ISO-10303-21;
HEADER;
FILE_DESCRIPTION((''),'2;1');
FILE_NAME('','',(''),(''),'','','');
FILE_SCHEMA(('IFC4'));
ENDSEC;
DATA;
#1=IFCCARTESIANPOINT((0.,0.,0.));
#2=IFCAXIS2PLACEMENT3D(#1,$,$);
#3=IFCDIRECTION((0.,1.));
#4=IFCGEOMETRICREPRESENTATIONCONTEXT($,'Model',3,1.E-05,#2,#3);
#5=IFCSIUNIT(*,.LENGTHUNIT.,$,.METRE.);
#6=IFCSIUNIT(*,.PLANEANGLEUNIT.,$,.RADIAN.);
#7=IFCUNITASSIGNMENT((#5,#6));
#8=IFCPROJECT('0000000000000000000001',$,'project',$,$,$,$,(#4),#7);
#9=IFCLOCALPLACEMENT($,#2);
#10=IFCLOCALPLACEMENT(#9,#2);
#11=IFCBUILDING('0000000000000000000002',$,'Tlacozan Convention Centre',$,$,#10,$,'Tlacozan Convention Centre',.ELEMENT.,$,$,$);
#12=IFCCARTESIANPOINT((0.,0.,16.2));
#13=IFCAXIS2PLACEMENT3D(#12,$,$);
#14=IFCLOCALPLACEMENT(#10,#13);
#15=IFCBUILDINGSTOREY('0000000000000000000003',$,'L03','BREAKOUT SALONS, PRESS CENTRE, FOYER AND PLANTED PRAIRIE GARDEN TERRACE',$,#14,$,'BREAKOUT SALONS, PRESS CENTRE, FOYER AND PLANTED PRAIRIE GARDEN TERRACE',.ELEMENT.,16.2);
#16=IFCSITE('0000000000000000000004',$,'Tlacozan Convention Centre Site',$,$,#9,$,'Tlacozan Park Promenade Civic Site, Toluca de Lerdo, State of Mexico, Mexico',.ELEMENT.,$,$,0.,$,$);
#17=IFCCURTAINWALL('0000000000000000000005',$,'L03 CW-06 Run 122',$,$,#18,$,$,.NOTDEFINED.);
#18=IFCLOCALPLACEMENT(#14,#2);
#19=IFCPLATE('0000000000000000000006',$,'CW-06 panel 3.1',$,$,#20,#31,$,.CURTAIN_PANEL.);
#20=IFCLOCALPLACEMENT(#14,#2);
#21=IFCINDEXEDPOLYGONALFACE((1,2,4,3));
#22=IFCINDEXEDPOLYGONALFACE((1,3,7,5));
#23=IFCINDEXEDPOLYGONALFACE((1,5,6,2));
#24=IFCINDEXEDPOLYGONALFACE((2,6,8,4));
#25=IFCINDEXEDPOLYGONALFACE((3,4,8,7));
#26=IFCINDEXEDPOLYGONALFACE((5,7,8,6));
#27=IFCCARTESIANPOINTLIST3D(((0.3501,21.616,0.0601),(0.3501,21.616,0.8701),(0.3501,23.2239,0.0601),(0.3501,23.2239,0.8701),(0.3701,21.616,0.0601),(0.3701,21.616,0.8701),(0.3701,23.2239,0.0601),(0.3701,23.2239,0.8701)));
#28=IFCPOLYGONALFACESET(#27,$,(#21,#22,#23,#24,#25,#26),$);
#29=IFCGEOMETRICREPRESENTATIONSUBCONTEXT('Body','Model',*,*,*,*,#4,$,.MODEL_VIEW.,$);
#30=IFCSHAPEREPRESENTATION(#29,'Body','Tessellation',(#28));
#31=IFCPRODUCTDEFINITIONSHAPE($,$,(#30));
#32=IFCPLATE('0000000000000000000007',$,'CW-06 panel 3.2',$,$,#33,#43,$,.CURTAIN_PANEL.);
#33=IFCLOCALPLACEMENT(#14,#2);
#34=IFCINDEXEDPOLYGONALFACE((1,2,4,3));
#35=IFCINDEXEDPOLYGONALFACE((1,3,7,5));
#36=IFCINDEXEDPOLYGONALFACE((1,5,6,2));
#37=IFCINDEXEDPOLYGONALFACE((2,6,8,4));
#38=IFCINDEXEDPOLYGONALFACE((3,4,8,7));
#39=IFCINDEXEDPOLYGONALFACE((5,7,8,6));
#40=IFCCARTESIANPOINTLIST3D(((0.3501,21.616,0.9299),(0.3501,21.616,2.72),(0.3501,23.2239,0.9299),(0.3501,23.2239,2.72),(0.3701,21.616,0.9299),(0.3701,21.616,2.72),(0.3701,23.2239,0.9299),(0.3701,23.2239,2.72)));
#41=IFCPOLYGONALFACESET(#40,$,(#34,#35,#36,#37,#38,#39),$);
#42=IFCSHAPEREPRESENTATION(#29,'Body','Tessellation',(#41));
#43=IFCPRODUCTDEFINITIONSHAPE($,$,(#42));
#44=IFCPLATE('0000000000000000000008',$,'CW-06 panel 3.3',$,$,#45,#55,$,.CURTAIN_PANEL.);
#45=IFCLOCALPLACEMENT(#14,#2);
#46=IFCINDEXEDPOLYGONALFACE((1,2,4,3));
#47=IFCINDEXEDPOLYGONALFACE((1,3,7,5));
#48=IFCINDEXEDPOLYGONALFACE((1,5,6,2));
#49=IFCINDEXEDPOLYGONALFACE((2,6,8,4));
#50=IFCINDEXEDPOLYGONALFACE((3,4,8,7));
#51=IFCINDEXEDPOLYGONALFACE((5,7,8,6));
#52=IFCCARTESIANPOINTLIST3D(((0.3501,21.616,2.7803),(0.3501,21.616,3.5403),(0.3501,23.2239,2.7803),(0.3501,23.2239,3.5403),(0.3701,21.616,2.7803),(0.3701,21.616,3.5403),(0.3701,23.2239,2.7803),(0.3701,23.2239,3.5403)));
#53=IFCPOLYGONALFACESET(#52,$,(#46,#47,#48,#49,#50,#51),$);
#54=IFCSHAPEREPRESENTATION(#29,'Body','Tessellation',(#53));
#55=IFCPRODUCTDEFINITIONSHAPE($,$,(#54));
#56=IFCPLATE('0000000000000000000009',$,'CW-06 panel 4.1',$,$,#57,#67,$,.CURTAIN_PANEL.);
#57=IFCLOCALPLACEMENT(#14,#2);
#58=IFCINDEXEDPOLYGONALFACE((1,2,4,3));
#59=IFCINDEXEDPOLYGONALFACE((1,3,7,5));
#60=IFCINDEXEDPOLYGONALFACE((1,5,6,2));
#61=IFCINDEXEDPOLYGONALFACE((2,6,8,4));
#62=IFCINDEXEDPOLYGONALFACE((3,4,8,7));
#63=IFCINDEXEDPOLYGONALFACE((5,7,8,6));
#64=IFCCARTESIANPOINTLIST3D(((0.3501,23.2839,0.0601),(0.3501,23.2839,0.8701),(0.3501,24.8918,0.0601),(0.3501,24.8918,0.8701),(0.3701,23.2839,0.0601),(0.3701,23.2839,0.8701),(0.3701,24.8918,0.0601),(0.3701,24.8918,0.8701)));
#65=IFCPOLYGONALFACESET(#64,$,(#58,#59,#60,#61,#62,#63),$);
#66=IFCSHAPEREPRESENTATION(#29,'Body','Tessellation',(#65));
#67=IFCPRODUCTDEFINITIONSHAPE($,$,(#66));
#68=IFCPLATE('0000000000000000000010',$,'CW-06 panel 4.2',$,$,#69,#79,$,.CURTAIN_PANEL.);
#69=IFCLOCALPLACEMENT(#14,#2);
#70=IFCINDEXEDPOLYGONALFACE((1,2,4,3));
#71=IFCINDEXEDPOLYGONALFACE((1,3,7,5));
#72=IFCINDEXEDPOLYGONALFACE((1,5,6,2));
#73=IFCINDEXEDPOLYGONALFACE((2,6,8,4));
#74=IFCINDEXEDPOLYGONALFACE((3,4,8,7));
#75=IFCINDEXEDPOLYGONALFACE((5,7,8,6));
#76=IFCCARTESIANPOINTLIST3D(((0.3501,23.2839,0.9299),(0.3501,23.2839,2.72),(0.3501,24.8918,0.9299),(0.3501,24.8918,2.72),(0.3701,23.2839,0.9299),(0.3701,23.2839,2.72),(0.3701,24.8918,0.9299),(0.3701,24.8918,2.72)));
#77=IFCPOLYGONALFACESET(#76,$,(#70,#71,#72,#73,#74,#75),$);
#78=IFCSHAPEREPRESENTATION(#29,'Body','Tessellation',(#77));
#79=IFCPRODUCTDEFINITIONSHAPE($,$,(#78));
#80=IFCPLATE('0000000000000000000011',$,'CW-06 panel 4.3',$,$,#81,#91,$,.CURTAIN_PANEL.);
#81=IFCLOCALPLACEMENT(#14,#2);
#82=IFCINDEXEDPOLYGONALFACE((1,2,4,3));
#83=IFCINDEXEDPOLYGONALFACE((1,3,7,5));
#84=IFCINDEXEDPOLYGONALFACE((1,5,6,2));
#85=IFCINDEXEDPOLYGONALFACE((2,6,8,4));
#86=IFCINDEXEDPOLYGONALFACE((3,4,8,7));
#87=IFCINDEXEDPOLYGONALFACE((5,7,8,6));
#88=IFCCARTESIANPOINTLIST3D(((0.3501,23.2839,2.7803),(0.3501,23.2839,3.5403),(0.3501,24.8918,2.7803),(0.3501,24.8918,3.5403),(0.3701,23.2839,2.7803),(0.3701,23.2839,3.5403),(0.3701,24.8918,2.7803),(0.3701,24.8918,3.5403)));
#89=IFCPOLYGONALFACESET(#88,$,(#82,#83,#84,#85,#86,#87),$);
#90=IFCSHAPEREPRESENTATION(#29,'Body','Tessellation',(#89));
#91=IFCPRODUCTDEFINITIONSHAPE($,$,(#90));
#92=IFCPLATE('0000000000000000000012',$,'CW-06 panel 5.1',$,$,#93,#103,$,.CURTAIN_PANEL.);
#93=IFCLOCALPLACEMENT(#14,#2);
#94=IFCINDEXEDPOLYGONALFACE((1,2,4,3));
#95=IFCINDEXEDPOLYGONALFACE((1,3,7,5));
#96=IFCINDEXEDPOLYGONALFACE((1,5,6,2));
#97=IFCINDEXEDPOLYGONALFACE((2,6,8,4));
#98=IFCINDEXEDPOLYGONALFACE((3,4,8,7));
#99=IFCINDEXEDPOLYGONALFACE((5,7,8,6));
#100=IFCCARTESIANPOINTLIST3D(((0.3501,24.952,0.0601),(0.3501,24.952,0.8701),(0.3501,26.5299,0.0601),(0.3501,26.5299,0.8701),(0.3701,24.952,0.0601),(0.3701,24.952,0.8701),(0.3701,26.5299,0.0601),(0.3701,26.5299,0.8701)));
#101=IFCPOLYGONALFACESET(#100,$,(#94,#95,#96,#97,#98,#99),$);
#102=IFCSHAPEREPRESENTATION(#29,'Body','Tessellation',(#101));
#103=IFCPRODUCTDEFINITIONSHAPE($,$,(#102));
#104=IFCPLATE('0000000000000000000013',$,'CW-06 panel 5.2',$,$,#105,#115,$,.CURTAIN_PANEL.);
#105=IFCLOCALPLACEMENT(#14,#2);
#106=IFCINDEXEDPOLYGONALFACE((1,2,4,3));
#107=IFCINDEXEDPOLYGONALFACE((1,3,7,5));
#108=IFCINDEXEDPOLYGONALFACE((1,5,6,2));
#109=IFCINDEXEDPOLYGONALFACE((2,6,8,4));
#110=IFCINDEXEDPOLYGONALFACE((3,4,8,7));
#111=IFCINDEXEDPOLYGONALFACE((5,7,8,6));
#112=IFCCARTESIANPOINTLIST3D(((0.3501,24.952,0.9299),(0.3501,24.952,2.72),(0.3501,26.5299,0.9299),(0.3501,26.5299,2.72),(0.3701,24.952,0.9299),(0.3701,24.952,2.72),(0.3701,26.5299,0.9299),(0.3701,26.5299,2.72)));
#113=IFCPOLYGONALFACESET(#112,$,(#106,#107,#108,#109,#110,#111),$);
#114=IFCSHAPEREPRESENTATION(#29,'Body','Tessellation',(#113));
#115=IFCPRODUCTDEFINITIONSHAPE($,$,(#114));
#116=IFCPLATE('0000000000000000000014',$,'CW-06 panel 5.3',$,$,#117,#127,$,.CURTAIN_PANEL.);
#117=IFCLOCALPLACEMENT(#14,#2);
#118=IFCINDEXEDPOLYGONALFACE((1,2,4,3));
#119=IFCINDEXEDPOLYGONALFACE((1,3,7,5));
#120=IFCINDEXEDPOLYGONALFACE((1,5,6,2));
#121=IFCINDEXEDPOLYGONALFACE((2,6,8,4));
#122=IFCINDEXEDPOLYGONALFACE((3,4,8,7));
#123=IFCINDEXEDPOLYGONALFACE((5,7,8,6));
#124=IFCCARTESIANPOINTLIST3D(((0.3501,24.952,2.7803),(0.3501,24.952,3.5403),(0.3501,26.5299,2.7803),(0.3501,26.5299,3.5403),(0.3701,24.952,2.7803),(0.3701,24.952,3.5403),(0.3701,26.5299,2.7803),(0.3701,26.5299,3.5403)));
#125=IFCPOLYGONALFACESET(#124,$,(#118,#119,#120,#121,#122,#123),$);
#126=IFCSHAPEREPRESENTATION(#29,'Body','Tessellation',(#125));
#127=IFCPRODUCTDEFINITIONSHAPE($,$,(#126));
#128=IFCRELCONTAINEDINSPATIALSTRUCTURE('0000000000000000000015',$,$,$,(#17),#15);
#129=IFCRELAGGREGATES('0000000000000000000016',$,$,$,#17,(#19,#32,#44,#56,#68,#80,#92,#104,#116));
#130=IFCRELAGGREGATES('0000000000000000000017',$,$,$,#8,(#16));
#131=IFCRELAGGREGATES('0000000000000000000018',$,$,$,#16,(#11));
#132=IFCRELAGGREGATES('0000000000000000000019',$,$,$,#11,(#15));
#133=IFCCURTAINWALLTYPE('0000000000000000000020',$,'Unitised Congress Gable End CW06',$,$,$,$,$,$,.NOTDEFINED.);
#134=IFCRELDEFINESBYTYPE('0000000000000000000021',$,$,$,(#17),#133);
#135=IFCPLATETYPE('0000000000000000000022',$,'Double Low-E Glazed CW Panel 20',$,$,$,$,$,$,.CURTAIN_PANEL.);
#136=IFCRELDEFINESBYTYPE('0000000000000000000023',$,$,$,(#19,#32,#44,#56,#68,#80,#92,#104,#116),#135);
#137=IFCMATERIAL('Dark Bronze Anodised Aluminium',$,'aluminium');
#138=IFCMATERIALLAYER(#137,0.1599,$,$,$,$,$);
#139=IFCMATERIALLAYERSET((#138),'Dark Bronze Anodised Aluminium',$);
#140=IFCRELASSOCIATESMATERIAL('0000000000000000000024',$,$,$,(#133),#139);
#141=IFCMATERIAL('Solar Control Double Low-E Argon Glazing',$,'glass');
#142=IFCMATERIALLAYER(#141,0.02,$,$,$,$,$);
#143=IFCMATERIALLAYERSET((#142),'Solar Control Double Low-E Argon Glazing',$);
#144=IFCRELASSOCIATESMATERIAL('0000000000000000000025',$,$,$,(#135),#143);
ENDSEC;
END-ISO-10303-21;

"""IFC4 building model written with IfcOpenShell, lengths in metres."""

from ifc_helpers import new_model, si_unit, direction, frame, origin, origin_2d, place, context, subcontext, project, spatial, rectangle, extrude, material, layer, layer_set, type_object, element, aggregate, save


model = new_model("IFC4")

# Units and contexts
model_context = context("Model", 3, precision=1e-05, world=origin(), true_north=direction((0.0, 1.0)))
body_context = subcontext(model_context, "Body", "Model", "MODEL_VIEW")
ifc_project = project(units=[si_unit("LENGTHUNIT", "METRE"), si_unit("PLANEANGLEUNIT", "RADIAN")], contexts=[model_context])

# Site, building, storey
site_placement = place(None, origin())
site = spatial("IfcSite", under=ifc_project, at=site_placement, Name="Tlacozan Convention Centre Site", LongName="Tlacozan Park Promenade Civic Site, Toluca de Lerdo, State of Mexico, Mexico", CompositionType="ELEMENT", RefElevation=0.0)
building_placement = place(site_placement, origin())
building = spatial("IfcBuilding", under=site, at=building_placement, Name="Tlacozan Convention Centre", LongName="Tlacozan Convention Centre", CompositionType="ELEMENT")
storey_placement = place(building_placement, frame((0.0, 0.0, 16.2)))
storey = spatial("IfcBuildingStorey", under=building, at=storey_placement, Name="L03", Description="BREAKOUT SALONS, PRESS CENTRE, FOYER AND PLANTED PRAIRIE GARDEN TERRACE", LongName="BREAKOUT SALONS, PRESS CENTRE, FOYER AND PLANTED PRAIRIE GARDEN TERRACE", CompositionType="ELEMENT", Elevation=16.2)

# Curtain wall
ifc_material_1 = material(Name="Dark Bronze Anodised Aluminium", Category="aluminium")
ifc_layer_1 = layer(ifc_material_1, 0.1599)
ifc_layer_set_1 = layer_set([ifc_layer_1], Name="Dark Bronze Anodised Aluminium")
curtain_wall_type_1 = type_object("IfcCurtainWallType", Name="Unitised Congress Gable End CW06", PredefinedType="NOTDEFINED", material=ifc_layer_set_1)
curtain_wall_1_placement = place(storey_placement, origin())
curtain_wall_1 = element("IfcCurtainWall", 1, at=curtain_wall_1_placement, inside=storey, type_object=curtain_wall_type_1, Name="L03 CW-06 Run 122", PredefinedType="NOTDEFINED")

# Plates
ifc_material_2 = material(Name="Solar Control Double Low-E Argon Glazing", Category="glass")
ifc_layer_2 = layer(ifc_material_2, 0.02)
ifc_layer_set_2 = layer_set([ifc_layer_2], Name="Solar Control Double Low-E Argon Glazing")
plate_type_1 = type_object("IfcPlateType", Name="Double Low-E Glazed CW Panel 20", PredefinedType="CURTAIN_PANEL", material=ifc_layer_set_2)
plate_1_placement = place(storey_placement, frame((0.3601, 22.4199, 0.0601), z_axis=(0.0, 0.0, 1.0), x_axis=(0.0, 1.0, 0.0)))
plate_1 = element("IfcPlate", 2, at=plate_1_placement, type_object=plate_type_1, Name="CW-06 panel 3.1", PredefinedType="CURTAIN_PANEL", context=body_context, shape_type="SweptSolid", body=[
    extrude(rectangle(XDim=1.6079, YDim=0.02, at=origin_2d()), origin(), (0.0, 0.0, 1.0), 0.8101),
])
plate_2_placement = place(storey_placement, frame((0.3601, 22.4199, 0.9299), z_axis=(0.0, 0.0, 1.0), x_axis=(0.0, 1.0, 0.0)))
plate_2 = element("IfcPlate", 3, at=plate_2_placement, type_object=plate_type_1, Name="CW-06 panel 3.2", PredefinedType="CURTAIN_PANEL", context=body_context, shape_type="SweptSolid", body=[
    extrude(rectangle(XDim=1.6079, YDim=0.02, at=origin_2d()), origin(), (0.0, 0.0, 1.0), 1.79),
])
plate_3_placement = place(storey_placement, frame((0.3601, 22.4199, 2.7803), z_axis=(0.0, 0.0, 1.0), x_axis=(0.0, 1.0, 0.0)))
plate_3 = element("IfcPlate", 4, at=plate_3_placement, type_object=plate_type_1, Name="CW-06 panel 3.3", PredefinedType="CURTAIN_PANEL", context=body_context, shape_type="SweptSolid", body=[
    extrude(rectangle(XDim=1.6079, YDim=0.02, at=origin_2d()), origin(), (0.0, 0.0, 1.0), 0.76),
])
plate_4_placement = place(storey_placement, frame((0.3601, 24.0879, 0.0601), z_axis=(0.0, 0.0, 1.0), x_axis=(0.0, 1.0, 0.0)))
plate_4 = element("IfcPlate", 5, at=plate_4_placement, type_object=plate_type_1, Name="CW-06 panel 4.1", PredefinedType="CURTAIN_PANEL", context=body_context, shape_type="SweptSolid", body=[
    extrude(rectangle(XDim=1.6079, YDim=0.02, at=origin_2d()), origin(), (0.0, 0.0, 1.0), 0.8101),
])
plate_5_placement = place(storey_placement, frame((0.3601, 24.0879, 0.9299), z_axis=(0.0, 0.0, 1.0), x_axis=(0.0, 1.0, 0.0)))
plate_5 = element("IfcPlate", 6, at=plate_5_placement, type_object=plate_type_1, Name="CW-06 panel 4.2", PredefinedType="CURTAIN_PANEL", context=body_context, shape_type="SweptSolid", body=[
    extrude(rectangle(XDim=1.6079, YDim=0.02, at=origin_2d()), origin(), (0.0, 0.0, 1.0), 1.79),
])
plate_6_placement = place(storey_placement, frame((0.3601, 24.0879, 2.7803), z_axis=(0.0, 0.0, 1.0), x_axis=(0.0, 1.0, 0.0)))
plate_6 = element("IfcPlate", 7, at=plate_6_placement, type_object=plate_type_1, Name="CW-06 panel 4.3", PredefinedType="CURTAIN_PANEL", context=body_context, shape_type="SweptSolid", body=[
    extrude(rectangle(XDim=1.6079, YDim=0.02, at=origin_2d()), origin(), (0.0, 0.0, 1.0), 0.76),
])
plate_7_placement = place(storey_placement, frame((0.3601, 25.741, 0.0601), z_axis=(0.0, 0.0, 1.0), x_axis=(0.0, 1.0, 0.0)))
plate_7 = element("IfcPlate", 8, at=plate_7_placement, type_object=plate_type_1, Name="CW-06 panel 5.1", PredefinedType="CURTAIN_PANEL", context=body_context, shape_type="SweptSolid", body=[
    extrude(rectangle(XDim=1.5779, YDim=0.02, at=origin_2d()), origin(), (0.0, 0.0, 1.0), 0.8101),
])
plate_8_placement = place(storey_placement, frame((0.3601, 25.741, 0.9299), z_axis=(0.0, 0.0, 1.0), x_axis=(0.0, 1.0, 0.0)))
plate_8 = element("IfcPlate", 9, at=plate_8_placement, type_object=plate_type_1, Name="CW-06 panel 5.2", PredefinedType="CURTAIN_PANEL", context=body_context, shape_type="SweptSolid", body=[
    extrude(rectangle(XDim=1.5779, YDim=0.02, at=origin_2d()), origin(), (0.0, 0.0, 1.0), 1.79),
])
plate_9_placement = place(storey_placement, frame((0.3601, 25.741, 2.7803), z_axis=(0.0, 0.0, 1.0), x_axis=(0.0, 1.0, 0.0)))
plate_9 = element("IfcPlate", 10, at=plate_9_placement, type_object=plate_type_1, Name="CW-06 panel 5.3", PredefinedType="CURTAIN_PANEL", context=body_context, shape_type="SweptSolid", body=[
    extrude(rectangle(XDim=1.5779, YDim=0.02, at=origin_2d()), origin(), (0.0, 0.0, 1.0), 0.76),
])
aggregate(curtain_wall_1, [plate_1, plate_2, plate_3, plate_4, plate_5, plate_6, plate_7, plate_8, plate_9])

save(model, "model.ifc")
